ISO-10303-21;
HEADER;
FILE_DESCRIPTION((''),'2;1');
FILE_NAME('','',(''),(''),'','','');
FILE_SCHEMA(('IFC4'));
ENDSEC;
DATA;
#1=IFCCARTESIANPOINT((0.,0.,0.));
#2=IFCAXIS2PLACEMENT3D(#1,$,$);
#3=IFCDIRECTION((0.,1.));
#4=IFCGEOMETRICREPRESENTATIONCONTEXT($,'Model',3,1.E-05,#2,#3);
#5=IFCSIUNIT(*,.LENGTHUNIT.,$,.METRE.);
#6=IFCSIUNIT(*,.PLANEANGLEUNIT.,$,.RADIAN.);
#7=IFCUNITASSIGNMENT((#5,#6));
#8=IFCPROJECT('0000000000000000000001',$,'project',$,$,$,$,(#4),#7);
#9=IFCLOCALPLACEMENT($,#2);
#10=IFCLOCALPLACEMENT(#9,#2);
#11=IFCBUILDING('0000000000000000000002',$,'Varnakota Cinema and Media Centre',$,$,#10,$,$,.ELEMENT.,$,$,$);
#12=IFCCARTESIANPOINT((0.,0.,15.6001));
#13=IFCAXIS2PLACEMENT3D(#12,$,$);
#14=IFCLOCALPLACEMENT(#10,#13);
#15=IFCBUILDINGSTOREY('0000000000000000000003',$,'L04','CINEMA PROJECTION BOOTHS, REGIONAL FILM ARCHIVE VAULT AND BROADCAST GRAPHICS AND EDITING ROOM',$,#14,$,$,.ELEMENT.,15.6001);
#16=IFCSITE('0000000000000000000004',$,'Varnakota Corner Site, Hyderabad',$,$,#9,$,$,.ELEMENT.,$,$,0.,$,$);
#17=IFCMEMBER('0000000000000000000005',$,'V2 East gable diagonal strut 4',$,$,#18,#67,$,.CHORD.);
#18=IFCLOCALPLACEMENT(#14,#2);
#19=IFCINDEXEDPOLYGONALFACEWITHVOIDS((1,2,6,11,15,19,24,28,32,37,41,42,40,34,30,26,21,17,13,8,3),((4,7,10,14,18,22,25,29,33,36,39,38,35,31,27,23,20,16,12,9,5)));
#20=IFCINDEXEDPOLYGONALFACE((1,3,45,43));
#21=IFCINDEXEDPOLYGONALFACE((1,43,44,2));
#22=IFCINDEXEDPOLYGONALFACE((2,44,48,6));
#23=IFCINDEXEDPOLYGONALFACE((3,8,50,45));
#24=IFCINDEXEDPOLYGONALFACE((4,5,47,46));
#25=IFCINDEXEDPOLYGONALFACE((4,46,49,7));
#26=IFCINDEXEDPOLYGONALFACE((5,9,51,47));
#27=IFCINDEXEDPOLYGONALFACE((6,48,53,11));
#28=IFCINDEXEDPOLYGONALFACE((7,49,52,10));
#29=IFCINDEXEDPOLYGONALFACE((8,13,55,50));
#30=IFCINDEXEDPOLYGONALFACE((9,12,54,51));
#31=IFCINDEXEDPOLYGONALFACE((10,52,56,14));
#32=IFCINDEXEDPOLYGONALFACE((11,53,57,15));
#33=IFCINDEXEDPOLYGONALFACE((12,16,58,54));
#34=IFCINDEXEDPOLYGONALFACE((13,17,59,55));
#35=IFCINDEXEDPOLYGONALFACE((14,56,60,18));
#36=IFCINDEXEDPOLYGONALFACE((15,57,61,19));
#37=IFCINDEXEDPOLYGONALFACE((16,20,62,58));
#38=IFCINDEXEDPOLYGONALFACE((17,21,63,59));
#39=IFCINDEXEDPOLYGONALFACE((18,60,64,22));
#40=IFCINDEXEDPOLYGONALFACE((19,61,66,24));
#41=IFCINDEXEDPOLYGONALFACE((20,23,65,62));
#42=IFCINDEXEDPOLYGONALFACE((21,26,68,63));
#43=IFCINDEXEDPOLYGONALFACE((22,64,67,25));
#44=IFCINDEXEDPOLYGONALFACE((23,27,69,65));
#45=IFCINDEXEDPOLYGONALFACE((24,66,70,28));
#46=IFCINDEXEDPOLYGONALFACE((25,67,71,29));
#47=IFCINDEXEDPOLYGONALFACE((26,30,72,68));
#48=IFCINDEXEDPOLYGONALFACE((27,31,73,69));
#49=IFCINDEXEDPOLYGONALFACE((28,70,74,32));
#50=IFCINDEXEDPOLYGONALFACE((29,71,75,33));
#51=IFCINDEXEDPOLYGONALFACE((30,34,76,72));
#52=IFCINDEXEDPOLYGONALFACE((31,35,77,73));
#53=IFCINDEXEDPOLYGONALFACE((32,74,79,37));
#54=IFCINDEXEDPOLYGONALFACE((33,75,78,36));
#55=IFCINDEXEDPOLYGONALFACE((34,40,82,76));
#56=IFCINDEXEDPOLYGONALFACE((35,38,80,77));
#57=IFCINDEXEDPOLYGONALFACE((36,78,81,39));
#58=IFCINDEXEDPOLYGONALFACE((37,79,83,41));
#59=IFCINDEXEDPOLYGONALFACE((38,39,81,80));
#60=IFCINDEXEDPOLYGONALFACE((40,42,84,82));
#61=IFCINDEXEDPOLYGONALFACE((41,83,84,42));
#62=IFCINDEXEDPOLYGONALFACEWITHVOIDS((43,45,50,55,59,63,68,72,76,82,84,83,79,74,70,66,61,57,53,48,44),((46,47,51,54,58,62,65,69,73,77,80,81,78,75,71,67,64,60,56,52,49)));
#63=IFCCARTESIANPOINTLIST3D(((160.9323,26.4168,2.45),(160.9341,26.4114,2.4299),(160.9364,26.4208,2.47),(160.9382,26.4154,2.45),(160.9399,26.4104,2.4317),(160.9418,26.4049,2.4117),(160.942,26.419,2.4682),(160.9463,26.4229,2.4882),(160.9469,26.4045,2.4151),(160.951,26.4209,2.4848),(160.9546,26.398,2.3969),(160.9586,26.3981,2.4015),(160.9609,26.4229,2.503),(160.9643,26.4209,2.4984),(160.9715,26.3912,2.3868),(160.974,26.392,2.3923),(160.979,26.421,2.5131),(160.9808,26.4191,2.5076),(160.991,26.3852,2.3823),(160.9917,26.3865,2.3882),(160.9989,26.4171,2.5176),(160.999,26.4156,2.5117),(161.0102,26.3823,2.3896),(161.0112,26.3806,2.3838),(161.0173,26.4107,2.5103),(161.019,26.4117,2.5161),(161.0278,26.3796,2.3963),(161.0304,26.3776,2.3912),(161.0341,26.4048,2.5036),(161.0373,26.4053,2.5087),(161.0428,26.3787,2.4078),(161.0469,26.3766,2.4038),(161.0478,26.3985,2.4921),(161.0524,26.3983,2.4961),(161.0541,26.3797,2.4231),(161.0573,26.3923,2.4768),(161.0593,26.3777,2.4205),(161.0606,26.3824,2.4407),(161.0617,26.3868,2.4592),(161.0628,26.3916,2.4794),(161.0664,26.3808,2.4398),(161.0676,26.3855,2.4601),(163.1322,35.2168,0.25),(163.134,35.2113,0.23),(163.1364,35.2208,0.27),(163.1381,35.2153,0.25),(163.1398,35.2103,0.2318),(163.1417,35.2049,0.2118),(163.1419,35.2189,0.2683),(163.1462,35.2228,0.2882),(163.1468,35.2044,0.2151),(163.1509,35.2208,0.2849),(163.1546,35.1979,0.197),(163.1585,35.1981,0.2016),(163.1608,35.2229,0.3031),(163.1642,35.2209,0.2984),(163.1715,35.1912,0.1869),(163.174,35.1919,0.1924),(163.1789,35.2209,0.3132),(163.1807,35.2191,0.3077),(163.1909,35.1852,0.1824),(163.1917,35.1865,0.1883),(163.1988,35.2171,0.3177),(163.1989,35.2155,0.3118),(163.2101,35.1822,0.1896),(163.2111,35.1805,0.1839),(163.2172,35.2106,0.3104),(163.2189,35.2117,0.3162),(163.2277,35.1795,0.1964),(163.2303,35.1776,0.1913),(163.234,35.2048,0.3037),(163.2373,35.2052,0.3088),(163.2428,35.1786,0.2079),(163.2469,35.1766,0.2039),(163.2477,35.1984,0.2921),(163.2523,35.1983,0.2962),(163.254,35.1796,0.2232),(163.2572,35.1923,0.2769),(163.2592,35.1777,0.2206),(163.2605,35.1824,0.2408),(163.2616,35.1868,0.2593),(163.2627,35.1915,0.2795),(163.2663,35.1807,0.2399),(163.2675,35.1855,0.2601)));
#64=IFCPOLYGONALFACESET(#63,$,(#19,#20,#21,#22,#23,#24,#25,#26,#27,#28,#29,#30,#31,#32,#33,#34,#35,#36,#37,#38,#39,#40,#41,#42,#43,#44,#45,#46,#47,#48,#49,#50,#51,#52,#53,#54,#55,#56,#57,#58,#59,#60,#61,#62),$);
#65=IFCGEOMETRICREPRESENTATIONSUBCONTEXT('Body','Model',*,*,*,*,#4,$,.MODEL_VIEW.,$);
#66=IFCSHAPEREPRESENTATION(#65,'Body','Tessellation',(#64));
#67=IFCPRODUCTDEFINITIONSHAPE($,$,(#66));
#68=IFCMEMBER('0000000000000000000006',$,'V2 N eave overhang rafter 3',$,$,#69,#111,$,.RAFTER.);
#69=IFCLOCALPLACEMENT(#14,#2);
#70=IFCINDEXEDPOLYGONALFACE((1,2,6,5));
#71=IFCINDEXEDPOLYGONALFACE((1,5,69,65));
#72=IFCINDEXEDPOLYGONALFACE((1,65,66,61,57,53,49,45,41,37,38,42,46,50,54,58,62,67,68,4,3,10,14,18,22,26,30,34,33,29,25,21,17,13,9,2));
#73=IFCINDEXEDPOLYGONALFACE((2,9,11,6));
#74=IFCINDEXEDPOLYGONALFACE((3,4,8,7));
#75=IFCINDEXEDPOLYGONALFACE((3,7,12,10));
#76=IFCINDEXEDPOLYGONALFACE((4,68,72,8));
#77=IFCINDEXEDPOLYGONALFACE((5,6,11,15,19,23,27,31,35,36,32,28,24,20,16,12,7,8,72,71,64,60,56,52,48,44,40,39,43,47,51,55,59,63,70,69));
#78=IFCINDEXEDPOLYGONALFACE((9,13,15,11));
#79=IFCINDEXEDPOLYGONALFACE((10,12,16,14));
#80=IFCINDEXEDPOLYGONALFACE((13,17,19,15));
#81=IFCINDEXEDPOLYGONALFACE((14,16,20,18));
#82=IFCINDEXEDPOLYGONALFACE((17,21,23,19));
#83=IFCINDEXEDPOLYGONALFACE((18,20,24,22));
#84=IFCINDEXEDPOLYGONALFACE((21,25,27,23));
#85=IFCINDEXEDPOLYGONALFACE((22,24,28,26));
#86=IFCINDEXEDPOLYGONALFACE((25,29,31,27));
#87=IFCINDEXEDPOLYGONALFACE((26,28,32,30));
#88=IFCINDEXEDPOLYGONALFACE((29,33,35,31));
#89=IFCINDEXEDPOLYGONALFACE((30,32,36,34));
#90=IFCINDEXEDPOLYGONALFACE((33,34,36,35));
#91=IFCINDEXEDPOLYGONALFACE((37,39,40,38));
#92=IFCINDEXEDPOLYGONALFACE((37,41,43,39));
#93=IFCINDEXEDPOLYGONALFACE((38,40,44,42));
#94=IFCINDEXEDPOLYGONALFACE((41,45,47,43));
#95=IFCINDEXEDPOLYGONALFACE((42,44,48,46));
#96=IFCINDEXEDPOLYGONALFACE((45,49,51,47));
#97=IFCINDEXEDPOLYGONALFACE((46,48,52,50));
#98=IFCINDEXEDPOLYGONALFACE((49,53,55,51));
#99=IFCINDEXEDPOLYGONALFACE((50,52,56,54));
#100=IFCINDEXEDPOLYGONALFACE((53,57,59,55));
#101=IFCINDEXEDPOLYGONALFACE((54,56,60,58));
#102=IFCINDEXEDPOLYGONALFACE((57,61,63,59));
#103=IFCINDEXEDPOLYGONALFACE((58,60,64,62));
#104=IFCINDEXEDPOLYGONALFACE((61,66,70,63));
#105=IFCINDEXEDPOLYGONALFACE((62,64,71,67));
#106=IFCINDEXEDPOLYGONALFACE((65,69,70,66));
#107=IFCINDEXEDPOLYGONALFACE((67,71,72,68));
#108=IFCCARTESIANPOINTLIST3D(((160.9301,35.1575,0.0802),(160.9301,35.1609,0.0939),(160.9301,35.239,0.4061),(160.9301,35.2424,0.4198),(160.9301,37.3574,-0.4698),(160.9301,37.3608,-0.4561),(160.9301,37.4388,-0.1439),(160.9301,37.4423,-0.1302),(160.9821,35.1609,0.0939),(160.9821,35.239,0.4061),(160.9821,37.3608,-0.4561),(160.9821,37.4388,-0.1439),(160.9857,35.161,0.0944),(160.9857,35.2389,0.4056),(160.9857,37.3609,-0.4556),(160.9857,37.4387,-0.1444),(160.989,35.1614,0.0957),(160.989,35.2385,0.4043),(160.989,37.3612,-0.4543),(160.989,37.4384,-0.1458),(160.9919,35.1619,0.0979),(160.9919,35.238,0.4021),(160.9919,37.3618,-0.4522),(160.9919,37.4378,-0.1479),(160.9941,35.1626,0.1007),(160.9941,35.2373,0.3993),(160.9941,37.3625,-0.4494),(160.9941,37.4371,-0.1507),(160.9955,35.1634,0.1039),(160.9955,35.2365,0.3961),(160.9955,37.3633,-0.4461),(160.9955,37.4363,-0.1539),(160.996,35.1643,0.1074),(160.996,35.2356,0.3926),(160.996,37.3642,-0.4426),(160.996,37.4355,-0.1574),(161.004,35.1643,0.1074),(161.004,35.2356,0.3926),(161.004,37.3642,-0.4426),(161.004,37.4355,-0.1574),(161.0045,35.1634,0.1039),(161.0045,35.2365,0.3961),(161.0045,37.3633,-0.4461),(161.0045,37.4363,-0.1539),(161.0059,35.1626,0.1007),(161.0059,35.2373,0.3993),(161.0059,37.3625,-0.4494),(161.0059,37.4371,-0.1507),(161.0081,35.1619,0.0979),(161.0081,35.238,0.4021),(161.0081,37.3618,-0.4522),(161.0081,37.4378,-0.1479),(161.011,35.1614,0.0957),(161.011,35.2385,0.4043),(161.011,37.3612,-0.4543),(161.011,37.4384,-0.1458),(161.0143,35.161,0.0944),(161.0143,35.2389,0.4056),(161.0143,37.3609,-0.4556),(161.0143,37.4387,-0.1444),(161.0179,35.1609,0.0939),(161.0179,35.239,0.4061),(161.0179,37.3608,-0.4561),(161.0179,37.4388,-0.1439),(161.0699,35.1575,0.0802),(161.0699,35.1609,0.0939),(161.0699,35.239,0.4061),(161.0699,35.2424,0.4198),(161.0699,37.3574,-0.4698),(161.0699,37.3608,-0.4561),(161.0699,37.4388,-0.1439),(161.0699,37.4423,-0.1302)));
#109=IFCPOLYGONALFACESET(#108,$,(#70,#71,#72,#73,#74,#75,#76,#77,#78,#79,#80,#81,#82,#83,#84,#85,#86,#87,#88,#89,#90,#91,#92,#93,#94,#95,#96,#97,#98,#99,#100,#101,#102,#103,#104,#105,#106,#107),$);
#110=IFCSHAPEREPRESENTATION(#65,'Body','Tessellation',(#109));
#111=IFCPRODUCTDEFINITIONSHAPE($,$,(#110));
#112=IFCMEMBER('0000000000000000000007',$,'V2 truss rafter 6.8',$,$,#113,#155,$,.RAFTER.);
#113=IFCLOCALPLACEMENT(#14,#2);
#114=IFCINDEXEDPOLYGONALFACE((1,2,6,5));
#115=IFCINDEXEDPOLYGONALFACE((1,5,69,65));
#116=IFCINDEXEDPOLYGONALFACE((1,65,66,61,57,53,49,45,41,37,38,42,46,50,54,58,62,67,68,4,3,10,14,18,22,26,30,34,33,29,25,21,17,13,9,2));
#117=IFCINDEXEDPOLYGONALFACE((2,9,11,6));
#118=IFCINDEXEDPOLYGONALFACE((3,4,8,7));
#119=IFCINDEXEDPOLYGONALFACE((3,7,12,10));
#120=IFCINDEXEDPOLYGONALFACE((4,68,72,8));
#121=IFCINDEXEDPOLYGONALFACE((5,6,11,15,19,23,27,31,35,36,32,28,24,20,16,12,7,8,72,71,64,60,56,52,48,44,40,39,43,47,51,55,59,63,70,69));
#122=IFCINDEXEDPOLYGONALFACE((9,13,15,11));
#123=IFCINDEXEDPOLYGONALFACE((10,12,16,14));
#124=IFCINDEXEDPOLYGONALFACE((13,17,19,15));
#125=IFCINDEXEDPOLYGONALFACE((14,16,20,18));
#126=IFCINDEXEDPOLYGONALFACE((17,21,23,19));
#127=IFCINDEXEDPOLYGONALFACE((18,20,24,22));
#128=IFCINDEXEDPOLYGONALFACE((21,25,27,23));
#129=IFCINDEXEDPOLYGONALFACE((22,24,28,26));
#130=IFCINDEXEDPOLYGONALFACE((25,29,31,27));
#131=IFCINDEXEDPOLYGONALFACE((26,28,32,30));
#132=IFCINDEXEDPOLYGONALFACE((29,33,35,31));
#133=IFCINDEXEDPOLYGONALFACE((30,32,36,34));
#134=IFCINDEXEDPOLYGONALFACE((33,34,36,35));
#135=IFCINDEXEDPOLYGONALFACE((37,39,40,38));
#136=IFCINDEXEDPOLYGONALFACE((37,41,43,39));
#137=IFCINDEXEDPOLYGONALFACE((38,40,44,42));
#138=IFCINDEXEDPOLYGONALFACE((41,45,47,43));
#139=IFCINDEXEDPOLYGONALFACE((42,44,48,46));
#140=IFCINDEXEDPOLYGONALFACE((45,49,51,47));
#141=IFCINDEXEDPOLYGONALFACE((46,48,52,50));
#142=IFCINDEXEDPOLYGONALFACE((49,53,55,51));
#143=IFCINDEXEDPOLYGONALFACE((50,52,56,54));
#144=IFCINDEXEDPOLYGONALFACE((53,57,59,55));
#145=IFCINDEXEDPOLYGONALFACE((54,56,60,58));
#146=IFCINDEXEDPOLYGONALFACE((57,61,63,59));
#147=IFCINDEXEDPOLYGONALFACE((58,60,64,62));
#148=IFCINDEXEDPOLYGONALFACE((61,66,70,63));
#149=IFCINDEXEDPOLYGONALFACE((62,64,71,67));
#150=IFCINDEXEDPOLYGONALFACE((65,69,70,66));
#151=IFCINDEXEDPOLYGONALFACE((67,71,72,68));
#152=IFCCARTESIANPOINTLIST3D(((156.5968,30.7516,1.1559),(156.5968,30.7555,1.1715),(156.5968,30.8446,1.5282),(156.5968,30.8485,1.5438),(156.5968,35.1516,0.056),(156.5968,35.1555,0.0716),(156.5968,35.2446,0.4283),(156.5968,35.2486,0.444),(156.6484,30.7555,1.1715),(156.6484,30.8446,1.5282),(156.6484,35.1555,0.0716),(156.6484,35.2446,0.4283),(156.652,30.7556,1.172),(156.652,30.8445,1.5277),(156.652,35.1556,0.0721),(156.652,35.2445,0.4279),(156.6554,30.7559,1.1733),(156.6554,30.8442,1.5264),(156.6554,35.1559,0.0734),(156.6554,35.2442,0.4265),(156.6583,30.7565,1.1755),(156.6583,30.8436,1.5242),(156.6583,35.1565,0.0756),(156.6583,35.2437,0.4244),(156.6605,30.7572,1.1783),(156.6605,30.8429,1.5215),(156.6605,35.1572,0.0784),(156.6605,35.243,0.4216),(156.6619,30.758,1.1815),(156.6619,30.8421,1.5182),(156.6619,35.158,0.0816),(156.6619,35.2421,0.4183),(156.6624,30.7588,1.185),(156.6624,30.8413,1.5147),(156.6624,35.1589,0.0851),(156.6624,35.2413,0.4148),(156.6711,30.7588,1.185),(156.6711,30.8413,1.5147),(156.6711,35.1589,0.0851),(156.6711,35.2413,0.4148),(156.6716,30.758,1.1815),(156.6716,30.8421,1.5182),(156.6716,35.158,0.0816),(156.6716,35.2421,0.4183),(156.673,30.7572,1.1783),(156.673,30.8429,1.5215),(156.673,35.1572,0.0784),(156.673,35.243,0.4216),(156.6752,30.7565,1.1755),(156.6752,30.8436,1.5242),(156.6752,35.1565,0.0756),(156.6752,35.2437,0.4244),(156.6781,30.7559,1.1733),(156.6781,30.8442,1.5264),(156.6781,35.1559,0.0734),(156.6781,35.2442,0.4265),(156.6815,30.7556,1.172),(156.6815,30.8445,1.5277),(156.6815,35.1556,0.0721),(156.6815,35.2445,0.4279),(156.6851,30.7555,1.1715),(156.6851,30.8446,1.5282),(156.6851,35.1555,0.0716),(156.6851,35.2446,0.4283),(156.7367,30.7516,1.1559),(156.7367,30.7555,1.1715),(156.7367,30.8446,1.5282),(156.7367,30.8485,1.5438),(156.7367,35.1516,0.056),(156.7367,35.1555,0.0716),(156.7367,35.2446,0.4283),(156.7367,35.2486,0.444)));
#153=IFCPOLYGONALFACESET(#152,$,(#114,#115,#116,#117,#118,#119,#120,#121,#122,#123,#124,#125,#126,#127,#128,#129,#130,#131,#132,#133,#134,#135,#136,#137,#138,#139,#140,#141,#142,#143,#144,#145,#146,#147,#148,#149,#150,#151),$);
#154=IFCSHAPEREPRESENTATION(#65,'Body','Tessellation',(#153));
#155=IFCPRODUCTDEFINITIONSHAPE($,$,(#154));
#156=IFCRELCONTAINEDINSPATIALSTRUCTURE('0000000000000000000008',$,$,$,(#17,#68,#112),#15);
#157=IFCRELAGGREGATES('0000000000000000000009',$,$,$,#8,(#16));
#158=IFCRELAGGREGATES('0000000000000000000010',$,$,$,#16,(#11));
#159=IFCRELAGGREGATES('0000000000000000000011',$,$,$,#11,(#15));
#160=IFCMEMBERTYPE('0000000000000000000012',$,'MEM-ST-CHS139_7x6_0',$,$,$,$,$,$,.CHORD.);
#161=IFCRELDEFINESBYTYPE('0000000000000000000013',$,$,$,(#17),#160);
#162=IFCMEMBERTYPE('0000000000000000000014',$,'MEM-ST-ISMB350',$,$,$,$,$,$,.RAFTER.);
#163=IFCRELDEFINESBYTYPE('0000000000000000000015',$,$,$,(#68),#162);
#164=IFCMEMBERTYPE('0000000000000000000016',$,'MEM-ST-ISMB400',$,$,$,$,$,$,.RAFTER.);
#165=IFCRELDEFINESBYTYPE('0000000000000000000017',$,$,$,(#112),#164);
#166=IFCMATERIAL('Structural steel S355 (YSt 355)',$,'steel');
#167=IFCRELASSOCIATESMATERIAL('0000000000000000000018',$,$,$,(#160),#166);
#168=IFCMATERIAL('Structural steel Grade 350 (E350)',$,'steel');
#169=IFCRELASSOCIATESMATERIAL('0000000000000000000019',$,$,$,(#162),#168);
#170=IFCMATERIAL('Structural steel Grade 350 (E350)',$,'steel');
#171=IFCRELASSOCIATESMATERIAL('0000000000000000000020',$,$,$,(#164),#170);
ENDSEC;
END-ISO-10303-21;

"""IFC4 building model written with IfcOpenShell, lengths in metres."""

from ifc_helpers import new_model, si_unit, direction, frame, origin, origin_2d, place, context, subcontext, project, spatial, hollow_circle, i_section, extrude, material, material_profile, profile_set, type_object, element, save


model = new_model("IFC4")

# Units and contexts
model_context = context("Model", 3, precision=1e-05, world=origin(), true_north=direction((0.0, 1.0)))
body_context = subcontext(model_context, "Body", "Model", "MODEL_VIEW")
ifc_project = project(units=[si_unit("LENGTHUNIT", "METRE"), si_unit("PLANEANGLEUNIT", "RADIAN")], contexts=[model_context])

# Site, building, storey
site_placement = place(None, origin())
site = spatial("IfcSite", under=ifc_project, at=site_placement, Name="Varnakota Corner Site, Hyderabad", CompositionType="ELEMENT", RefElevation=0.0)
building_placement = place(site_placement, origin())
building = spatial("IfcBuilding", under=site, at=building_placement, Name="Varnakota Cinema and Media Centre", CompositionType="ELEMENT")
storey_placement = place(building_placement, frame((0.0, 0.0, 15.6001)))
storey = spatial("IfcBuildingStorey", under=building, at=storey_placement, Name="L04", Description="CINEMA PROJECTION BOOTHS, REGIONAL FILM ARCHIVE VAULT AND BROADCAST GRAPHICS AND EDITING ROOM", CompositionType="ELEMENT", Elevation=15.6001)

# Members
ifc_material_1 = material(Name="Structural steel S355 (YSt 355)", Category="steel")
ifc_material_profile_1 = material_profile(ifc_material_1, hollow_circle(Radius=0.0698, WallThickness=0.0061, at=origin_2d()), Name="CHS 139.7x6.0")
ifc_profile_set_1 = profile_set([ifc_material_profile_1], Name="Structural steel S355 (YSt 355)")
member_type_1 = type_object("IfcMemberType", Name="MEM-ST-CHS139_7x6_0", PredefinedType="CHORD", material=ifc_profile_set_1)
member_1_placement = place(storey_placement, frame((161.0, 26.3999, 2.45), z_axis=(0.235696, 0.942812, -0.235696), x_axis=(-0.970144, 0.242529, 0.0)))
element("IfcMember", 1, at=member_1_placement, inside=storey, type_object=member_type_1, Name="V2 East gable diagonal strut 4", PredefinedType="CHORD", context=body_context, shape_type="SweptSolid", body=[
    extrude(hollow_circle(Radius=0.0698, WallThickness=0.0061, at=origin_2d()), origin(), (0.0, 0.0, 1.0), 9.3337),
])
ifc_material_2 = material(Name="Structural steel Grade 350 (E350)", Category="steel")
ifc_material_profile_2 = material_profile(ifc_material_2, i_section(OverallWidth=0.1399, OverallDepth=0.3501, WebThickness=0.0081, FlangeThickness=0.0142, FilletRadius=0.0139, at=origin_2d()), Name="ISMB 350")
ifc_profile_set_2 = profile_set([ifc_material_profile_2], Name="Structural steel Grade 350 (E350)")
member_type_2 = type_object("IfcMemberType", Name="MEM-ST-ISMB350", PredefinedType="RAFTER", material=ifc_profile_set_2)
member_2_placement = place(storey_placement, frame((161.0, 35.2, 0.25), z_axis=(0.0, 0.970136, -0.242561), x_axis=(-1.0, 0.0, 0.0)))
element("IfcMember", 2, at=member_2_placement, inside=storey, type_object=member_type_2, Name="V2 N eave overhang rafter 3", PredefinedType="RAFTER", context=body_context, shape_type="SweptSolid", body=[
    extrude(i_section(OverallWidth=0.1399, OverallDepth=0.3501, WebThickness=0.0081, FlangeThickness=0.0142, FilletRadius=0.0139, at=origin_2d()), origin(), (0.0, 0.0, 1.0), 2.2676),
])
ifc_material_3 = material(Name="Structural steel Grade 350 (E350)", Category="steel")
ifc_material_profile_3 = material_profile(ifc_material_3, i_section(OverallWidth=0.1399, OverallDepth=0.3999, WebThickness=0.0088, FlangeThickness=0.0161, FilletRadius=0.0139, at=origin_2d()), Name="ISMB 400")
ifc_profile_set_3 = profile_set([ifc_material_profile_3], Name="Structural steel Grade 350 (E350)")
member_type_3 = type_object("IfcMemberType", Name="MEM-ST-ISMB400", PredefinedType="RAFTER", material=ifc_profile_set_3)
member_3_placement = place(storey_placement, frame((156.6667, 30.8, 1.3499), z_axis=(0.0, 0.970149, -0.24251), x_axis=(-1.0, 0.0, 0.0)))
element("IfcMember", 3, at=member_3_placement, inside=storey, type_object=member_type_3, Name="V2 truss rafter 6.8", PredefinedType="RAFTER", context=body_context, shape_type="SweptSolid", body=[
    extrude(i_section(OverallWidth=0.1399, OverallDepth=0.3999, WebThickness=0.0088, FlangeThickness=0.0161, FilletRadius=0.0139, at=origin_2d()), origin(), (0.0, 0.0, 1.0), 4.5354),
])

save(model, "model.ifc")
